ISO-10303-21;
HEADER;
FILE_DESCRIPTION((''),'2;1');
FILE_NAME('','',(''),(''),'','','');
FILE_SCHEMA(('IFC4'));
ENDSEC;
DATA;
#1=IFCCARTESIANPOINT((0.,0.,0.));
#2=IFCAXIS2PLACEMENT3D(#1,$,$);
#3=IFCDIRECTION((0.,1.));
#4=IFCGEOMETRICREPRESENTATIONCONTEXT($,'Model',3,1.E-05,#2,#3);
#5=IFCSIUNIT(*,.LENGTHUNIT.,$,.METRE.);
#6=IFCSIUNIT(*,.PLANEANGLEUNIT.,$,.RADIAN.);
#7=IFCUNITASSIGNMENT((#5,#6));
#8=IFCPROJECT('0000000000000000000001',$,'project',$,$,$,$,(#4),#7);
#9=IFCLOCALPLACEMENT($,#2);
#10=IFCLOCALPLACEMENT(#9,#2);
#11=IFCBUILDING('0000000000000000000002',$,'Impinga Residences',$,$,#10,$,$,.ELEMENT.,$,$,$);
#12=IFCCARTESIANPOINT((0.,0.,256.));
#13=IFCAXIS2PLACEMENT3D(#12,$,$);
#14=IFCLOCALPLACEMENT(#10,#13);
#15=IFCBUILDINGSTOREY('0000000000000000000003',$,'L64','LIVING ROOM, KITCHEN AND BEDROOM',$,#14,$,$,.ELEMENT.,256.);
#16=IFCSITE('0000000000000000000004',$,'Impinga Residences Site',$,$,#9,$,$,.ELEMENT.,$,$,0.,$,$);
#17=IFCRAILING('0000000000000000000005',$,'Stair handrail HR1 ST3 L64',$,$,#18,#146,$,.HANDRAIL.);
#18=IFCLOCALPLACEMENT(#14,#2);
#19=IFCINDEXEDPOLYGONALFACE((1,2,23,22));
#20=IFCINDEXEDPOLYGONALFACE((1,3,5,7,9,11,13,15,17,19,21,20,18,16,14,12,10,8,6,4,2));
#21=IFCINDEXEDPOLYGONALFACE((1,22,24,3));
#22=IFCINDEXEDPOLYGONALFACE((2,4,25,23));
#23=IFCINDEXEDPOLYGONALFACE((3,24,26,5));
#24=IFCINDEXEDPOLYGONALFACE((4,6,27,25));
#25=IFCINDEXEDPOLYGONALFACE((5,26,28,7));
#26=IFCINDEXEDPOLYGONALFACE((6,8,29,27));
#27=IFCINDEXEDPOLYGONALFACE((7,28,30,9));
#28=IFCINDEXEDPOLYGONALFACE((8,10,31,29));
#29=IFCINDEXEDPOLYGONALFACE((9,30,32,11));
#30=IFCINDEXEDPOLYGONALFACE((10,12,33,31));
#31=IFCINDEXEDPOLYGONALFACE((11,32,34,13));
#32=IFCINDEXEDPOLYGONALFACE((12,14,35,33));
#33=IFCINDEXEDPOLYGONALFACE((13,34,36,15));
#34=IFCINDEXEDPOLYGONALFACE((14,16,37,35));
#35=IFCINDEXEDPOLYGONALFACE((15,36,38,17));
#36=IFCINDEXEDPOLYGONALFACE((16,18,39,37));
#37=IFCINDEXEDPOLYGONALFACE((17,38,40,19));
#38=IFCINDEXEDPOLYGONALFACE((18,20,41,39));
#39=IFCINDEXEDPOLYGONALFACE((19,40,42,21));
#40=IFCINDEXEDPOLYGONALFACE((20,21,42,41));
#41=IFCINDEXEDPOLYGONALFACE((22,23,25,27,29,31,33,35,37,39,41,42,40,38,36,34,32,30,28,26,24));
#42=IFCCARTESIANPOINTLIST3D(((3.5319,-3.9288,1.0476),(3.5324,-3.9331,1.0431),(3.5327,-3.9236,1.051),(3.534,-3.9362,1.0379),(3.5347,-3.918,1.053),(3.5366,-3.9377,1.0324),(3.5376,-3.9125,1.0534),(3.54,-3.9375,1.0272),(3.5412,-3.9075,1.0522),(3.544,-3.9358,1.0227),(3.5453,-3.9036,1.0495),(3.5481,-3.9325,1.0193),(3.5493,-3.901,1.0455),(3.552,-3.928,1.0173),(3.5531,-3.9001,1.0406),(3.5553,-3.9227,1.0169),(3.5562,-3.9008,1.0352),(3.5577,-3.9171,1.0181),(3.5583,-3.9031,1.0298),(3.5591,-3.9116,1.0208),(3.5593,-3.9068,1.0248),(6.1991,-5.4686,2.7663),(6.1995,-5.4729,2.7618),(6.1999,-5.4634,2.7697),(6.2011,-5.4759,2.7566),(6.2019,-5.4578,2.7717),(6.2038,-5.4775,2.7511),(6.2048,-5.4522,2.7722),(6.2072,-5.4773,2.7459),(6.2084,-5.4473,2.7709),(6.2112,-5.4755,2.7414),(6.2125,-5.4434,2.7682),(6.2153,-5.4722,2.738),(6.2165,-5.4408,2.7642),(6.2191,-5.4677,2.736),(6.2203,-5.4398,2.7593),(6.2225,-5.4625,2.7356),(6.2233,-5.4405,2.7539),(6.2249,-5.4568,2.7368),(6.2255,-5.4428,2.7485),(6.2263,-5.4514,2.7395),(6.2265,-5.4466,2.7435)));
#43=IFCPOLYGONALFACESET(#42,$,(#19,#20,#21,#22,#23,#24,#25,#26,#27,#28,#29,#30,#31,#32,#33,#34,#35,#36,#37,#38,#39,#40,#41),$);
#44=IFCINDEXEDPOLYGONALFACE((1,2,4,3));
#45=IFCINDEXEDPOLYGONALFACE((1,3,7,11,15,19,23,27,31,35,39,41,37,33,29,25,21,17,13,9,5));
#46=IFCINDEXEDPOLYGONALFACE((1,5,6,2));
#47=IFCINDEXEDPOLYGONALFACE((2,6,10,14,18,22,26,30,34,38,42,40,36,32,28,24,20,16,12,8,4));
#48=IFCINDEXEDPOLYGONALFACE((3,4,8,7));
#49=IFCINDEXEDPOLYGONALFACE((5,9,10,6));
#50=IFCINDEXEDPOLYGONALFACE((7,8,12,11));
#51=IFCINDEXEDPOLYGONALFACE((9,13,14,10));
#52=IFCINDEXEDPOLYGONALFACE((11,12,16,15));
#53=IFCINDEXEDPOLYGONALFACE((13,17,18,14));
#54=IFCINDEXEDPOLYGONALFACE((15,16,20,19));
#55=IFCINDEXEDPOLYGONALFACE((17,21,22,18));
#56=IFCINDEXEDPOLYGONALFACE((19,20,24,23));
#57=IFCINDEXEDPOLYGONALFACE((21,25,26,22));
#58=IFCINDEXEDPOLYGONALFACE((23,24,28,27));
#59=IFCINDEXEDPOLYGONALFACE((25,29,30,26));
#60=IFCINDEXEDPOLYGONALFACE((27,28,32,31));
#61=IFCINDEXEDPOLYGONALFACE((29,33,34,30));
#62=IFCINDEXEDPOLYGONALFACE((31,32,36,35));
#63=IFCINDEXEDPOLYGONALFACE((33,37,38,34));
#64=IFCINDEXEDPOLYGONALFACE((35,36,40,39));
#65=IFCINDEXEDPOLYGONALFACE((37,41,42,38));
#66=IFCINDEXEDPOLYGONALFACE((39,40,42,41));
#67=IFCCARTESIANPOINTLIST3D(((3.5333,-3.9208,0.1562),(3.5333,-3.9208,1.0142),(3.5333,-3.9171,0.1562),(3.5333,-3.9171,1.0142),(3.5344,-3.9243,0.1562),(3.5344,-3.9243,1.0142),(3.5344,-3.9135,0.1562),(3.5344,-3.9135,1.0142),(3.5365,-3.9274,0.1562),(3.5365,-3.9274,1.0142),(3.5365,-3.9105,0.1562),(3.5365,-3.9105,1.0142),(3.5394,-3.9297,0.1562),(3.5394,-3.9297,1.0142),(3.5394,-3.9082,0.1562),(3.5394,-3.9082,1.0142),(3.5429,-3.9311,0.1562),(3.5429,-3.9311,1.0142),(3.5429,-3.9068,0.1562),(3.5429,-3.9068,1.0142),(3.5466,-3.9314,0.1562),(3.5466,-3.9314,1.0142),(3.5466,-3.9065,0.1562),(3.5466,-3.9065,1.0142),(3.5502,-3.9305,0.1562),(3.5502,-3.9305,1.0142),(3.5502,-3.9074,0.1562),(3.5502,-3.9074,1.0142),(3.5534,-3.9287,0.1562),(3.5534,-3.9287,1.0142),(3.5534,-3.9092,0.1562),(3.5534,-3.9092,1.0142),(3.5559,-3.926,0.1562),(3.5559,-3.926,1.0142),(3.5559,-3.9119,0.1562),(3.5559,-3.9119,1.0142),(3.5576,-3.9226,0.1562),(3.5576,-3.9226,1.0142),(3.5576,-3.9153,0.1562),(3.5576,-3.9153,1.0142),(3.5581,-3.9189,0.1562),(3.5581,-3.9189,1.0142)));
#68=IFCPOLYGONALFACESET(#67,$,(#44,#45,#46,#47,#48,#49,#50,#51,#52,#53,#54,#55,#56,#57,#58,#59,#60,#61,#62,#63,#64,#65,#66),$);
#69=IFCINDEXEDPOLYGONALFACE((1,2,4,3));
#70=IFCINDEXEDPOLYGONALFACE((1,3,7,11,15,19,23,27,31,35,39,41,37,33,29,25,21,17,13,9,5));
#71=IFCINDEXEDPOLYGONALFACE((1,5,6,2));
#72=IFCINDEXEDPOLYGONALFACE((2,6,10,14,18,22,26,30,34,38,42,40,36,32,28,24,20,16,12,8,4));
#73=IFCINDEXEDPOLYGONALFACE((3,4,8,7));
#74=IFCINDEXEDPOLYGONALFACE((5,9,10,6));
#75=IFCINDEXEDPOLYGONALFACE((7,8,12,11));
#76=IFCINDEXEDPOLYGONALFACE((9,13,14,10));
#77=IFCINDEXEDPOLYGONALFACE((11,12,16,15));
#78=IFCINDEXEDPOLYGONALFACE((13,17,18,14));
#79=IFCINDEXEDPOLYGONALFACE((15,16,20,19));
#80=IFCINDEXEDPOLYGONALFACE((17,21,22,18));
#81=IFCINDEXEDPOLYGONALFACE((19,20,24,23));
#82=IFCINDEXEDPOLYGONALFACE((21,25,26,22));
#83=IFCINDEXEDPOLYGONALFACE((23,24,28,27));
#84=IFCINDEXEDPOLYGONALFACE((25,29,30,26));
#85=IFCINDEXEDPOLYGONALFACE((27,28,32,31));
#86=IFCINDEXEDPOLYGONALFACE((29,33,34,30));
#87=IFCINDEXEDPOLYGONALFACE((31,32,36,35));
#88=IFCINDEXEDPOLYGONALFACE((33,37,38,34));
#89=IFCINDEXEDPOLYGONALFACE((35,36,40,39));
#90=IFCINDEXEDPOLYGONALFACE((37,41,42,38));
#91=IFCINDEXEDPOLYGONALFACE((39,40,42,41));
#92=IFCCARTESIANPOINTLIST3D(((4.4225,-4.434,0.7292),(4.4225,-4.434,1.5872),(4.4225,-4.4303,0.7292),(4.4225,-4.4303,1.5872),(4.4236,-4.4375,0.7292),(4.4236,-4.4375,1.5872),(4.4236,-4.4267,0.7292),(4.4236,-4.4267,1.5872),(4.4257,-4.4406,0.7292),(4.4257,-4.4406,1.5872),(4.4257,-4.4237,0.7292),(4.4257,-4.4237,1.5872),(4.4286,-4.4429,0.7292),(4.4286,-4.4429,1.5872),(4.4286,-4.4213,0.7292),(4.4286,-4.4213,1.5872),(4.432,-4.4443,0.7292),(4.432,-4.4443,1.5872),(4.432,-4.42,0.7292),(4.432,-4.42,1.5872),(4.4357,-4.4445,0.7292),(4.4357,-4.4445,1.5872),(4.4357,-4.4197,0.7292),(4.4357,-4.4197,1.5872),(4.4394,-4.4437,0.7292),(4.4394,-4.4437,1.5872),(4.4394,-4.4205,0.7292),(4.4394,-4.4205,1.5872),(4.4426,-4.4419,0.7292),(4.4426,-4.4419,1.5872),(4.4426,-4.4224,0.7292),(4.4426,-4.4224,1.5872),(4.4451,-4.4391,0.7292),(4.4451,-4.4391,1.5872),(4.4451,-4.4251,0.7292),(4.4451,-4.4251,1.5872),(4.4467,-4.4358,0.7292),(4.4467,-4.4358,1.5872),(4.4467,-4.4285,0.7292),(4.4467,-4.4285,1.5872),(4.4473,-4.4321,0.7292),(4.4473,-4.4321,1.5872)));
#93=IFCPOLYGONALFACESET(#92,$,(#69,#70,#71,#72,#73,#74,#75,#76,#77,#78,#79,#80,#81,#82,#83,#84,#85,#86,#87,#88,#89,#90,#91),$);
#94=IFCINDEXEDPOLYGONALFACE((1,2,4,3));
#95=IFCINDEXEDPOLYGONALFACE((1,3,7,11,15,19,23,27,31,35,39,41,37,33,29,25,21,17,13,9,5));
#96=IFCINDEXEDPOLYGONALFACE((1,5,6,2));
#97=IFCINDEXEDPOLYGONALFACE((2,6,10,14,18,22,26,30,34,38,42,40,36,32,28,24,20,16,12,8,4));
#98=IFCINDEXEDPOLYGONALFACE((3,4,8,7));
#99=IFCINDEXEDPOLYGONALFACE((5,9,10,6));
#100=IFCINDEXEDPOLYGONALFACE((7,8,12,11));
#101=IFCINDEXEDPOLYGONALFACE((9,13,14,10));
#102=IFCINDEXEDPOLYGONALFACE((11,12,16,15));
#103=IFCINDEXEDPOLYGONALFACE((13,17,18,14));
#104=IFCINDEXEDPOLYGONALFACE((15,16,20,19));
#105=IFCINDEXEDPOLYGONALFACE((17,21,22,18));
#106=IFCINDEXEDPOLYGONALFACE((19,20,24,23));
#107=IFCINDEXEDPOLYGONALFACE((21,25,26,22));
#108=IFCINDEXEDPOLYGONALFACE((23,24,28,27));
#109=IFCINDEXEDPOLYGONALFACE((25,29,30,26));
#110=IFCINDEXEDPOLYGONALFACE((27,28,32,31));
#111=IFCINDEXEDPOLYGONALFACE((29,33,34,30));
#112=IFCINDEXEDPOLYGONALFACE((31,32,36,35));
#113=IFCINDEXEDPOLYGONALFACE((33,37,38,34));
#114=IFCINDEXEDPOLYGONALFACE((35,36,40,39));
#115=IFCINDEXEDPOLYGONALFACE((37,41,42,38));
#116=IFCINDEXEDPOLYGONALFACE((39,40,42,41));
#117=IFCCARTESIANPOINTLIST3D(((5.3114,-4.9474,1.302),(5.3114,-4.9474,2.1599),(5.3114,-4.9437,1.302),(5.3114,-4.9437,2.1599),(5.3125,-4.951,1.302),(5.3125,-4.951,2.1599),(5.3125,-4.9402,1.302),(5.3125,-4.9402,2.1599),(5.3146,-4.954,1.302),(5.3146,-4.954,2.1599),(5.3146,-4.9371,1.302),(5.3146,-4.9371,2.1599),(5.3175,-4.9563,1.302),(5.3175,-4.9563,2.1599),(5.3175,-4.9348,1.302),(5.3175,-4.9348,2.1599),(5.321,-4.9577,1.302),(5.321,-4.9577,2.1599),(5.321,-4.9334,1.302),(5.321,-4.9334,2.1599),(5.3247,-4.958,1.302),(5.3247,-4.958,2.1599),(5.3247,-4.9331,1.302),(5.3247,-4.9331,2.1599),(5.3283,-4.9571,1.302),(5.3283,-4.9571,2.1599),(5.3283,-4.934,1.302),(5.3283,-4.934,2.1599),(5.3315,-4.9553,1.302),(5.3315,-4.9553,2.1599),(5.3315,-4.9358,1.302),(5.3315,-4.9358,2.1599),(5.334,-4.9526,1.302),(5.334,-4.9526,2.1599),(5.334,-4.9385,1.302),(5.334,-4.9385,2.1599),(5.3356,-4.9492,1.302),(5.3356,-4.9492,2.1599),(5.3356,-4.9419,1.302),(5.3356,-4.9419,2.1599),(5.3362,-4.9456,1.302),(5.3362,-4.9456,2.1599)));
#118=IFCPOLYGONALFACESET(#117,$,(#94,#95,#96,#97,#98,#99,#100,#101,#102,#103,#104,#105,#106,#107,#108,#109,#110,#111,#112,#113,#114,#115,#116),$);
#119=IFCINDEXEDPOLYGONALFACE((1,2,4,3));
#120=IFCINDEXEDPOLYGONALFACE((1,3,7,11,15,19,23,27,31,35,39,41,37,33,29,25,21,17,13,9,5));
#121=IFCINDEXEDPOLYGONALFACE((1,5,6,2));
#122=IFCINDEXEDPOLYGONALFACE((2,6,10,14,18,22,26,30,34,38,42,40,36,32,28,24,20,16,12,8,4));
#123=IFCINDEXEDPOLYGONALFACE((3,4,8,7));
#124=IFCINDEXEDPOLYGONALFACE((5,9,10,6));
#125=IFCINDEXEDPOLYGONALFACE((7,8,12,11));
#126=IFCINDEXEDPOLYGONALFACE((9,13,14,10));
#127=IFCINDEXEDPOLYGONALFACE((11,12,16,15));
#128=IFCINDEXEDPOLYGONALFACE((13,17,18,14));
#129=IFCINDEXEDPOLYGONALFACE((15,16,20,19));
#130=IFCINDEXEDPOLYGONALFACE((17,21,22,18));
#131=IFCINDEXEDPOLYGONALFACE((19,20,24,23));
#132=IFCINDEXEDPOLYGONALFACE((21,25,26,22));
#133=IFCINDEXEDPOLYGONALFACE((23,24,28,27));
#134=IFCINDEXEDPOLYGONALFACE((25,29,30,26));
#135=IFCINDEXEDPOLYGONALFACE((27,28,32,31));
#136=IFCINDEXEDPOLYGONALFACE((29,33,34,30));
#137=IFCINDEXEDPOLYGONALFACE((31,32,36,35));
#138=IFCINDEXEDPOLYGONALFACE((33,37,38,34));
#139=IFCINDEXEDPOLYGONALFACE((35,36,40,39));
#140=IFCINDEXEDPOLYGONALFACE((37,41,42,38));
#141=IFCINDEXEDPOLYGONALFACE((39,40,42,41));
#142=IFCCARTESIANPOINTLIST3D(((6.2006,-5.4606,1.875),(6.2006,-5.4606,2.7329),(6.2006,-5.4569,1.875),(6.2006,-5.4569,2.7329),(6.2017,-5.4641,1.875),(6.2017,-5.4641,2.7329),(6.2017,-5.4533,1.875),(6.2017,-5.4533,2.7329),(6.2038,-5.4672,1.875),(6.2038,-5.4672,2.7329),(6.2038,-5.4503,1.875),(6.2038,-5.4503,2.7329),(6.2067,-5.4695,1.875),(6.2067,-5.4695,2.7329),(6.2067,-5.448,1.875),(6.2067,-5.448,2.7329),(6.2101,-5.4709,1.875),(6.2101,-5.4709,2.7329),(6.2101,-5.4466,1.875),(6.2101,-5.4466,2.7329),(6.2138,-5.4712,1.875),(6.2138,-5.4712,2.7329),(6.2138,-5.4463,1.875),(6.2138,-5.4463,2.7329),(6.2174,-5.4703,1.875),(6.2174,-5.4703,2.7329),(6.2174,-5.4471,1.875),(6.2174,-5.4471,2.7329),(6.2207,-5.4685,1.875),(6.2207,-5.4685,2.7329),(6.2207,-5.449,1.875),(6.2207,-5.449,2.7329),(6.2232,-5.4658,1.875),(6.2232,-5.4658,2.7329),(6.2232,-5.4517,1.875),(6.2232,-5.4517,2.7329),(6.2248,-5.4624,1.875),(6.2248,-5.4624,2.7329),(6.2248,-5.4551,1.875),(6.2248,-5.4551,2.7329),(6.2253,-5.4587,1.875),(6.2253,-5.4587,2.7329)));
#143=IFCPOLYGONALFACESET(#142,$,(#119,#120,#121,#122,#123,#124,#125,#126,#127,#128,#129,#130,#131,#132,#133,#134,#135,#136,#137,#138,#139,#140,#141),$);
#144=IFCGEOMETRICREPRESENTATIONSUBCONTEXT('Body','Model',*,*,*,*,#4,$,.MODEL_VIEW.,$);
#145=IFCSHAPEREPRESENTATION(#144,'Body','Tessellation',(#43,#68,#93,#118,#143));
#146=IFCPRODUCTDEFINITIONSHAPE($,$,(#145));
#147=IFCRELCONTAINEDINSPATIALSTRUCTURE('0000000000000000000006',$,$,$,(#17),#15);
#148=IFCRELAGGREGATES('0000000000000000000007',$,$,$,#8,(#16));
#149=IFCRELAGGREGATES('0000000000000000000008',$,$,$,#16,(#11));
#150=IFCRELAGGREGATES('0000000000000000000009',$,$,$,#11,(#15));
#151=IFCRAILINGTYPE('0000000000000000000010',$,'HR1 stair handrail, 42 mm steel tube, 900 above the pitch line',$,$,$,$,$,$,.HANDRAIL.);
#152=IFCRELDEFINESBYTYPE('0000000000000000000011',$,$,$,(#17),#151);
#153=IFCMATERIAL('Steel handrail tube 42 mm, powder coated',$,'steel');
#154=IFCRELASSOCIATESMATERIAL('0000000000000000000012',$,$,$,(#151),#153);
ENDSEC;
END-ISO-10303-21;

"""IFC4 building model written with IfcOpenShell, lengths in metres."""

from ifc_helpers import new_model, si_unit, direction, frame, origin, origin_2d, place, context, subcontext, project, spatial, circle, extrude, material, type_object, element, save


model = new_model("IFC4")

# Units and contexts
model_context = context("Model", 3, precision=1e-05, world=origin(), true_north=direction((0.0, 1.0)))
body_context = subcontext(model_context, "Body", "Model", "MODEL_VIEW")
ifc_project = project(units=[si_unit("LENGTHUNIT", "METRE"), si_unit("PLANEANGLEUNIT", "RADIAN")], contexts=[model_context])

# Site, building, storey
site_placement = place(None, origin())
site = spatial("IfcSite", under=ifc_project, at=site_placement, Name="Impinga Residences Site", CompositionType="ELEMENT", RefElevation=0.0)
building_placement = place(site_placement, origin())
building = spatial("IfcBuilding", under=site, at=building_placement, Name="Impinga Residences", CompositionType="ELEMENT")
storey_placement = place(building_placement, frame((0.0, 0.0, 256.0)))
storey = spatial("IfcBuildingStorey", under=building, at=storey_placement, Name="L64", Description="LIVING ROOM, KITCHEN AND BEDROOM", CompositionType="ELEMENT", Elevation=256.0)

# Railing
ifc_material_1 = material(Name="Steel handrail tube 42 mm, powder coated", Category="steel")
railing_type_1 = type_object("IfcRailingType", Name="HR1 stair handrail, 42 mm steel tube, 900 above the pitch line", PredefinedType="HANDRAIL", material=ifc_material_1)
railing_1_placement = place(storey_placement, frame((3.5457, -3.9189, 0.1562)))
element("IfcRailing", 1, at=railing_1_placement, inside=storey, type_object=railing_type_1, Name="Stair handrail HR1 ST3 L64", PredefinedType="HANDRAIL", context=body_context, shape_type="SweptSolid", body=[
    extrude(circle(Radius=0.021, at=origin_2d()), frame((0.0, 0.0, 0.8789), z_axis=(0.756249, -0.436582, 0.487322), x_axis=(0.499967, 0.866044, 0.0)), (0.0, 0.0, 1.0), 3.5269),
    extrude(circle(Radius=0.0125, at=origin_2d()), origin(), (0.0, 0.0, 1.0), 0.8579),
    extrude(circle(Radius=0.0125, at=origin_2d()), frame((0.8892, -0.5132, 0.573)), (0.0, 0.0, 1.0), 0.8579),
    extrude(circle(Radius=0.0125, at=origin_2d()), frame((1.7781, -1.0266, 1.1458)), (0.0, 0.0, 1.0), 0.8579),
    extrude(circle(Radius=0.0125, at=origin_2d()), frame((2.6672, -1.5398, 1.7188)), (0.0, 0.0, 1.0), 0.8579),
])

save(model, "model.ifc")
